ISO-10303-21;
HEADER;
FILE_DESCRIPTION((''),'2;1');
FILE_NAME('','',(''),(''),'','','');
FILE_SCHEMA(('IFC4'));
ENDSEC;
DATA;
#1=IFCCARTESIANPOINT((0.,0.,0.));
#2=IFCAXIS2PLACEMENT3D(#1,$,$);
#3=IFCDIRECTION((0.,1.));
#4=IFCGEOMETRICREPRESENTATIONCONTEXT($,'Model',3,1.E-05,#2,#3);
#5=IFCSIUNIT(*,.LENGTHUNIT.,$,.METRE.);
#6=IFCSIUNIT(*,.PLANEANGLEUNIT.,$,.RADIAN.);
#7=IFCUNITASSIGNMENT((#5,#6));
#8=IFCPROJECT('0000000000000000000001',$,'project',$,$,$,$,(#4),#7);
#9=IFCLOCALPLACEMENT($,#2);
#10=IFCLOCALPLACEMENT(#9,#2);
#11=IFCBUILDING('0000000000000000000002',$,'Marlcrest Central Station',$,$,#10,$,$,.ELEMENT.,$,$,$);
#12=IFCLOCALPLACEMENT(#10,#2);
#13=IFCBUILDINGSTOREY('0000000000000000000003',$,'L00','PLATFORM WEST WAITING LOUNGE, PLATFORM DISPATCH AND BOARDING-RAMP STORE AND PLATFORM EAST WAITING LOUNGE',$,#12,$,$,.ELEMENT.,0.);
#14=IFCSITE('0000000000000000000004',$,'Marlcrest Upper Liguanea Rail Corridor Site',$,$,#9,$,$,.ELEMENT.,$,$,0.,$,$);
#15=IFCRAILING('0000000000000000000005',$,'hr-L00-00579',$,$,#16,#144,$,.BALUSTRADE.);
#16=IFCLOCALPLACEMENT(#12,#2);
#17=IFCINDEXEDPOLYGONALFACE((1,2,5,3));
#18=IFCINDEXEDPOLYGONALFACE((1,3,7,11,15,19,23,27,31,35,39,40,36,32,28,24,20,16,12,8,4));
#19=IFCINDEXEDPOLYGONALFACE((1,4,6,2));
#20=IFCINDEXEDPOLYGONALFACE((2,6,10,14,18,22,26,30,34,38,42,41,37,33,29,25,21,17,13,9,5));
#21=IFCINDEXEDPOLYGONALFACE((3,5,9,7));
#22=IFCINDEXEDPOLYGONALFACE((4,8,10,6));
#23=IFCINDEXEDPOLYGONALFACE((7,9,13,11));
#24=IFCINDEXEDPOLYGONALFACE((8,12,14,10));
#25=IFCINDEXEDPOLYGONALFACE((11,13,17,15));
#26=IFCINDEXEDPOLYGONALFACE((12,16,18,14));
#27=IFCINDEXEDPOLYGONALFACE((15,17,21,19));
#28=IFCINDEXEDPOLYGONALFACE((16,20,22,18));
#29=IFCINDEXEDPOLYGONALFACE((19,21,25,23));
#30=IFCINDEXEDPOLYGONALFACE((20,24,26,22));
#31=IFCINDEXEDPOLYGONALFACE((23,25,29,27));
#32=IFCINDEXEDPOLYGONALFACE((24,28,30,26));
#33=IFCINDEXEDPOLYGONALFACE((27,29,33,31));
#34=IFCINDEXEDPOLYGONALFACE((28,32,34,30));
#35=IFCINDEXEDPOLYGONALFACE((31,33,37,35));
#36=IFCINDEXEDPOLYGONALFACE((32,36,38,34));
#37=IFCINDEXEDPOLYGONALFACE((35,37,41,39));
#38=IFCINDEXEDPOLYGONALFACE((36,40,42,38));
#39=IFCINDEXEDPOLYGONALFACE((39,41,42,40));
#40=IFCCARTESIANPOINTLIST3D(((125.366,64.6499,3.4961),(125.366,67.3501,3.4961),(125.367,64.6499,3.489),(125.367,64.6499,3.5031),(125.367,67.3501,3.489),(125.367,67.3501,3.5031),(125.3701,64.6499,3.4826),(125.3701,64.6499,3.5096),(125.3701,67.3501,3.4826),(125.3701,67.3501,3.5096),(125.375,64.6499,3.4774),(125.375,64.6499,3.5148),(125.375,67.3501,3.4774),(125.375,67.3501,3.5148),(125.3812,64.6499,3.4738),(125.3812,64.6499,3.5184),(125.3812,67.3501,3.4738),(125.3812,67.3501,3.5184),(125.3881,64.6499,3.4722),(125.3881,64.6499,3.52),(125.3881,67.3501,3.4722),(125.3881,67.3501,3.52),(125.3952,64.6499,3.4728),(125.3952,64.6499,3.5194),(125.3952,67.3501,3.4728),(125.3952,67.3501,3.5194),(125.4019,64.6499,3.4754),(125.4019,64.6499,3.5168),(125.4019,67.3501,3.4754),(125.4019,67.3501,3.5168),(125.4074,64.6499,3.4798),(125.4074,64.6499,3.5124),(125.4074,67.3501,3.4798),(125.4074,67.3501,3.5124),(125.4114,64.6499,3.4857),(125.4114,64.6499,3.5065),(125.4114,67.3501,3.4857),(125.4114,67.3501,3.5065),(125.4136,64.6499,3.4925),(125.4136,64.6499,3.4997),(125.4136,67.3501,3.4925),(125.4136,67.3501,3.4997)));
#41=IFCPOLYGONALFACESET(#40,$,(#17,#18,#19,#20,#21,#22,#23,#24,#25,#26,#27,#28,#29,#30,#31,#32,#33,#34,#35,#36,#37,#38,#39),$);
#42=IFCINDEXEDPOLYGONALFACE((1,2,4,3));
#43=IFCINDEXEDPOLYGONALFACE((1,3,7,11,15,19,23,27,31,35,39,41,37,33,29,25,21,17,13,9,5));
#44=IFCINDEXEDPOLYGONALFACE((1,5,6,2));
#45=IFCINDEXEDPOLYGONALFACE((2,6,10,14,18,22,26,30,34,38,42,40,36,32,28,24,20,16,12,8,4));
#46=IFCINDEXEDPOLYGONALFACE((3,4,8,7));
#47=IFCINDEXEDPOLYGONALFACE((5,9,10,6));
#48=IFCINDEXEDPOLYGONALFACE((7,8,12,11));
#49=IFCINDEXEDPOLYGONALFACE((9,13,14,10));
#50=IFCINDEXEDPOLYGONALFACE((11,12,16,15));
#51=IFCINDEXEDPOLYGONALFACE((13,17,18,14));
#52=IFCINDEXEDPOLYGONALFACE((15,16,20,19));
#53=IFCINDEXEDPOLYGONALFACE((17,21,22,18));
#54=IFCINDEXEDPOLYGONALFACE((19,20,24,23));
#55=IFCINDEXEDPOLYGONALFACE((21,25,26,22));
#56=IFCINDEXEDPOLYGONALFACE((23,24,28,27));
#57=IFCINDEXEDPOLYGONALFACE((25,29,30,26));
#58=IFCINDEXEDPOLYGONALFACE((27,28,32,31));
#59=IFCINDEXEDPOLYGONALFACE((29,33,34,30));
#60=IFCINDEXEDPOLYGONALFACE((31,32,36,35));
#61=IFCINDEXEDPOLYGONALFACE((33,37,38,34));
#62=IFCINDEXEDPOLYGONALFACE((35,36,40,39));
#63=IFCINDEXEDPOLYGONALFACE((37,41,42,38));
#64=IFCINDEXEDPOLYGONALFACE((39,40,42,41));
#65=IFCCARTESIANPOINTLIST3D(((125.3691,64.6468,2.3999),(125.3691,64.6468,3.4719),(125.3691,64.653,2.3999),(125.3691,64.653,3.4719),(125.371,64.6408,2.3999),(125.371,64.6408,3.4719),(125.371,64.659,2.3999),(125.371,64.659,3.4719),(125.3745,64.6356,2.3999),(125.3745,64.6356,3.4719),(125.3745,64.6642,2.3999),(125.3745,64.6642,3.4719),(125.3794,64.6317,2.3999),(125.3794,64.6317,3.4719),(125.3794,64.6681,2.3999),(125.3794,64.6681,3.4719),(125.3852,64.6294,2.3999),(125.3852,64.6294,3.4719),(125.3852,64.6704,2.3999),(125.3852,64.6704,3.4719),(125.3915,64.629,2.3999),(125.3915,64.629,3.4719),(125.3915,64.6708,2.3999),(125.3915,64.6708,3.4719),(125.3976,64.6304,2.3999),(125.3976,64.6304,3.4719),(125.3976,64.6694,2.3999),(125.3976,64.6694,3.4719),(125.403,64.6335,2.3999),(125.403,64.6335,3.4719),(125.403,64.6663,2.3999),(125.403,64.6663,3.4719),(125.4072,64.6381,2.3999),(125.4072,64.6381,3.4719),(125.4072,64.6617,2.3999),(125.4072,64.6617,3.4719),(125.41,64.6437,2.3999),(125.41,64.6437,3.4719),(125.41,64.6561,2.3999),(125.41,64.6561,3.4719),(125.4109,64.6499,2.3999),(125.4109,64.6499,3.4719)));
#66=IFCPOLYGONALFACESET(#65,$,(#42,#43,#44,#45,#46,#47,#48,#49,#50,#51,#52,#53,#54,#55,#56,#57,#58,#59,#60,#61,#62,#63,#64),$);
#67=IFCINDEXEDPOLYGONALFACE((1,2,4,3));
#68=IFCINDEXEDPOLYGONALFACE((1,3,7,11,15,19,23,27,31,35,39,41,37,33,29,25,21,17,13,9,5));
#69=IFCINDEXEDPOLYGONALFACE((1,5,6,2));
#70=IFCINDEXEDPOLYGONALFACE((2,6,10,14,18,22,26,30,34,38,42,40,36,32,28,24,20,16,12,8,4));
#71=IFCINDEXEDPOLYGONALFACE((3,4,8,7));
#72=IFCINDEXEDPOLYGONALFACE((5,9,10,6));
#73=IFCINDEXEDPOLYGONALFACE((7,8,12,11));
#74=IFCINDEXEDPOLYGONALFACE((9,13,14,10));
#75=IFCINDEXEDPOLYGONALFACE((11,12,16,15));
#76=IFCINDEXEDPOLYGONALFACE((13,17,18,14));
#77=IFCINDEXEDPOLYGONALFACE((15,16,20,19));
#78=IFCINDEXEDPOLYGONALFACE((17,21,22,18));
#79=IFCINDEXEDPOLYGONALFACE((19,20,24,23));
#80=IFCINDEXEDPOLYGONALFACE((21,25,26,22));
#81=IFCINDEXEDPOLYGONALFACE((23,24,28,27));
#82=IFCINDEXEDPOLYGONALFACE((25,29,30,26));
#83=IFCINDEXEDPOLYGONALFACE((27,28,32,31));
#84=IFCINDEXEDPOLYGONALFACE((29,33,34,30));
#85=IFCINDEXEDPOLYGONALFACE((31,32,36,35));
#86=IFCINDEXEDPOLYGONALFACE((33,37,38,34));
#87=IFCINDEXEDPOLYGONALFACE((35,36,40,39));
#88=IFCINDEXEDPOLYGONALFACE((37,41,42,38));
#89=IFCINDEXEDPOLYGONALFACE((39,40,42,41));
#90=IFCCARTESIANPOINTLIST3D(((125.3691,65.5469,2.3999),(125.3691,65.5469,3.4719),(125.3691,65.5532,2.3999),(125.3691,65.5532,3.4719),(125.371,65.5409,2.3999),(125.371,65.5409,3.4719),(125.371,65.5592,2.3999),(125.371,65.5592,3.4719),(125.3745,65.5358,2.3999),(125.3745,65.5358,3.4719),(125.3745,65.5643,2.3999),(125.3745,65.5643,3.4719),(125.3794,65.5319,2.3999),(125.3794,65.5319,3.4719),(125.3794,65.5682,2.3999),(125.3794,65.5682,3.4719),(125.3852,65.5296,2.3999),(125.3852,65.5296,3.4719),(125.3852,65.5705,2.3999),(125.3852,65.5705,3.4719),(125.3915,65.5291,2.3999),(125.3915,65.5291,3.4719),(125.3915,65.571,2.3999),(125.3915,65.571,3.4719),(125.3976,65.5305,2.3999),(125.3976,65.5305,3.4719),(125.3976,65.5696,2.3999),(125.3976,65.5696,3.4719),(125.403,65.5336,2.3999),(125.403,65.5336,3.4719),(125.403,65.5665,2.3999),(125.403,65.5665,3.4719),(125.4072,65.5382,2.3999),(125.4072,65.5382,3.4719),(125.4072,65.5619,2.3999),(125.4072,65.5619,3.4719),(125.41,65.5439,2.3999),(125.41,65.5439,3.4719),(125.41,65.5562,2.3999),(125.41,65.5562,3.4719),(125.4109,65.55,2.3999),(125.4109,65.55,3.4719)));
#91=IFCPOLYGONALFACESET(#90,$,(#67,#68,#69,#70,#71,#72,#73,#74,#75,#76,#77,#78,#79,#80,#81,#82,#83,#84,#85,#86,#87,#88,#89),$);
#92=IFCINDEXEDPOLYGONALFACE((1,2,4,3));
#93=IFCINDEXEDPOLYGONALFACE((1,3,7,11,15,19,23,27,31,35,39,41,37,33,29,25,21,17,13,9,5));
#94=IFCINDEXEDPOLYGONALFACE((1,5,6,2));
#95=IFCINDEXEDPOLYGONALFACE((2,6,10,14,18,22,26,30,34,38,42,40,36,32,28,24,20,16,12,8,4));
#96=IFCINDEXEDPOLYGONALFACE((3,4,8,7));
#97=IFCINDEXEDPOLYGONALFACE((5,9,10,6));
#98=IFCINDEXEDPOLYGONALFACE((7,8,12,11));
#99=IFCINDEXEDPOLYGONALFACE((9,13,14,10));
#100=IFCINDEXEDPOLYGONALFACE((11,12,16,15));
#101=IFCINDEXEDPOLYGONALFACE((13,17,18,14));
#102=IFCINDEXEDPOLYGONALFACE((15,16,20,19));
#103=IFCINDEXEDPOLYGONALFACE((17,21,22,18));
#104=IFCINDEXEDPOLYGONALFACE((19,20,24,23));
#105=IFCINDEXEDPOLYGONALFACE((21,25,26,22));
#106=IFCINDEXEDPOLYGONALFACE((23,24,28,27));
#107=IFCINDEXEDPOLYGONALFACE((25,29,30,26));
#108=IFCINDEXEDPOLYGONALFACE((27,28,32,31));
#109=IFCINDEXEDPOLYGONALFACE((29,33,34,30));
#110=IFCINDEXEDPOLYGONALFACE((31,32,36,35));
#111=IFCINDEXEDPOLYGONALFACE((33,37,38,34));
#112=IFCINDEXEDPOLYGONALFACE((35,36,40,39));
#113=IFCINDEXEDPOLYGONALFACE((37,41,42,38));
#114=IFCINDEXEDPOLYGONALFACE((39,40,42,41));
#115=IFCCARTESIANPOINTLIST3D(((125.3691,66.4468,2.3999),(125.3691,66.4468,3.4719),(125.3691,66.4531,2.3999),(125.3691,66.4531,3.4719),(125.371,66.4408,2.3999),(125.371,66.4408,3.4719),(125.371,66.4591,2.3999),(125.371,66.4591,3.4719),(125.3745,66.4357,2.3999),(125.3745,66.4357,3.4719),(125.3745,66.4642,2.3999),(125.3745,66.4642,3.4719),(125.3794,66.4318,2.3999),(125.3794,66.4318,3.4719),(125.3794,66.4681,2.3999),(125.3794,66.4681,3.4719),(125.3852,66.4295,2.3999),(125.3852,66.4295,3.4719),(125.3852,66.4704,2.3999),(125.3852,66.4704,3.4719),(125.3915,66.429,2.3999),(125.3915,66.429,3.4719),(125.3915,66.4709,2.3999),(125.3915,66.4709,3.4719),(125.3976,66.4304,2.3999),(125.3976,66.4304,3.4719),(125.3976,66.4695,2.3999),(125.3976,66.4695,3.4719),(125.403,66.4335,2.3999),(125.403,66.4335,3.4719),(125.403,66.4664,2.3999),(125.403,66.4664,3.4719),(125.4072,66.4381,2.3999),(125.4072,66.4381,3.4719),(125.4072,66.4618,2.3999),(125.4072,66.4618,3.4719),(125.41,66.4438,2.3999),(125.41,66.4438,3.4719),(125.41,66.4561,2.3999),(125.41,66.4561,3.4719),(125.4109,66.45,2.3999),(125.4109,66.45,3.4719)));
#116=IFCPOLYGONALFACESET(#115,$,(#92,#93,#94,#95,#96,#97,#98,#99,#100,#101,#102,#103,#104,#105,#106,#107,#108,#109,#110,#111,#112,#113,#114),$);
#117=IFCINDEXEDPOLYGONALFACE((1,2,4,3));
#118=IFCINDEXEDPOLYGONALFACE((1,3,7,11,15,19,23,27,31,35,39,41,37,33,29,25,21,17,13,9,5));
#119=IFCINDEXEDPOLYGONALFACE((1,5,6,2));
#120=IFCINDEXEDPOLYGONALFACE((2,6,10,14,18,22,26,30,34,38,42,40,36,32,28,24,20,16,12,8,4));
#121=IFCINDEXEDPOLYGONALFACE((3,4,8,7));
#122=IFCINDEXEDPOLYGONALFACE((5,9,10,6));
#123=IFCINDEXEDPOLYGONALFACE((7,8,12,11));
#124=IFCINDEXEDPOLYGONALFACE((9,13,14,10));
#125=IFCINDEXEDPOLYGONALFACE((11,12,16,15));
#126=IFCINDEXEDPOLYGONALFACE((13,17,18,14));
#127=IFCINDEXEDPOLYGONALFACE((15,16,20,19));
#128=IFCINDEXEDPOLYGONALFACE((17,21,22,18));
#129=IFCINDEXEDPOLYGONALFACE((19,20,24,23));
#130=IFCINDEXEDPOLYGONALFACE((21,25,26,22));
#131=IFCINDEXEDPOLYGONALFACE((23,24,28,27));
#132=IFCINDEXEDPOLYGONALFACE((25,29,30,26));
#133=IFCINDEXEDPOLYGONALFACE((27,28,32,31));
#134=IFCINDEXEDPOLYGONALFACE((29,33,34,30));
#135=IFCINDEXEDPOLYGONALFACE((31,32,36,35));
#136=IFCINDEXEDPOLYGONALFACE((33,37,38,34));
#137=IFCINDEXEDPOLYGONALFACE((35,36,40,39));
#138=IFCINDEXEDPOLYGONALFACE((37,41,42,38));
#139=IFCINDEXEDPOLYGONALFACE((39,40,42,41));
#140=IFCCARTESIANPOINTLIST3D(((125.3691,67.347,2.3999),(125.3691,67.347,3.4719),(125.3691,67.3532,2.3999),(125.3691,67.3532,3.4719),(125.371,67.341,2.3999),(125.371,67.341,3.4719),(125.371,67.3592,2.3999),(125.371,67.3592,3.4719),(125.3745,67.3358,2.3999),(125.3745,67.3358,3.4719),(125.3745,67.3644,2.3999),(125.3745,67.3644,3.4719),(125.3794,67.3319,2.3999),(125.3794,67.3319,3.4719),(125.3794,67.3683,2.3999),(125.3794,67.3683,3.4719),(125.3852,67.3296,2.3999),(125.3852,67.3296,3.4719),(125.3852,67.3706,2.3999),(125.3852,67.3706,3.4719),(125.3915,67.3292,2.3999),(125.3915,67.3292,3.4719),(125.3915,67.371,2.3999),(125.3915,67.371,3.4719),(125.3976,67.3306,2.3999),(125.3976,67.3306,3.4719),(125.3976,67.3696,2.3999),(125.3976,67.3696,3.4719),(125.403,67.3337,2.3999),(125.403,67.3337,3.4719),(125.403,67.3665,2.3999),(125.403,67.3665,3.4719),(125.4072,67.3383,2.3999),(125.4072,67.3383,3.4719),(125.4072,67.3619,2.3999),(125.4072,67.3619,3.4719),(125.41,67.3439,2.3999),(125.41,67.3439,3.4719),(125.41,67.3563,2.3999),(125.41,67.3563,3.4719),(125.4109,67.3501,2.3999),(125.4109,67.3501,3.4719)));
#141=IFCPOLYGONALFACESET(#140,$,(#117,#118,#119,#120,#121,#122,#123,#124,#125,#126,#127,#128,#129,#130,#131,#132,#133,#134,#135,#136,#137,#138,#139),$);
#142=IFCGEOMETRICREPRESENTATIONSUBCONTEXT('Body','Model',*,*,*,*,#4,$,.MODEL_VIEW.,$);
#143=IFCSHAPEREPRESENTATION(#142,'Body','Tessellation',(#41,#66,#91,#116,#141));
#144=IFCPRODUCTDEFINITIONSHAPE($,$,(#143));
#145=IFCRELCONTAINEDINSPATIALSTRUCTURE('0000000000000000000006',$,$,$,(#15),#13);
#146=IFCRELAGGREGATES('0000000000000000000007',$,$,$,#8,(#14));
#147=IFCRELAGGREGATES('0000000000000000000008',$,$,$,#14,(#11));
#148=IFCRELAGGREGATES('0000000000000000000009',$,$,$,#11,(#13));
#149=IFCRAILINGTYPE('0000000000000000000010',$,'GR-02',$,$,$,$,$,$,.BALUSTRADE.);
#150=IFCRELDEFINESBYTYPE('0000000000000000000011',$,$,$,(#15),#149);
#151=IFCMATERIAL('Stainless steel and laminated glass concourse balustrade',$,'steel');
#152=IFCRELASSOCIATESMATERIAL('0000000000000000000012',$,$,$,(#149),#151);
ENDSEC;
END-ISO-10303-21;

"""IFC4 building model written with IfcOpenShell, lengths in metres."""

from ifc_helpers import new_model, si_unit, direction, frame, origin, origin_2d, place, context, subcontext, project, spatial, circle, extrude, material, type_object, element, save


model = new_model("IFC4")

# Units and contexts
model_context = context("Model", 3, precision=1e-05, world=origin(), true_north=direction((0.0, 1.0)))
body_context = subcontext(model_context, "Body", "Model", "MODEL_VIEW")
ifc_project = project(units=[si_unit("LENGTHUNIT", "METRE"), si_unit("PLANEANGLEUNIT", "RADIAN")], contexts=[model_context])

# Site, building, storey
site_placement = place(None, origin())
site = spatial("IfcSite", under=ifc_project, at=site_placement, Name="Marlcrest Upper Liguanea Rail Corridor Site", CompositionType="ELEMENT", RefElevation=0.0)
building_placement = place(site_placement, origin())
building = spatial("IfcBuilding", under=site, at=building_placement, Name="Marlcrest Central Station", CompositionType="ELEMENT")
storey_placement = place(building_placement, origin())
storey = spatial("IfcBuildingStorey", under=building, at=storey_placement, Name="L00", Description="PLATFORM WEST WAITING LOUNGE, PLATFORM DISPATCH AND BOARDING-RAMP STORE AND PLATFORM EAST WAITING LOUNGE", CompositionType="ELEMENT", Elevation=0.0)

# Railing
ifc_material_1 = material(Name="Stainless steel and laminated glass concourse balustrade", Category="steel")
railing_type_1 = type_object("IfcRailingType", Name="GR-02", PredefinedType="BALUSTRADE", material=ifc_material_1)
railing_1_placement = place(storey_placement, frame((125.3899, 64.6499, 2.3999)))
element("IfcRailing", 1, at=railing_1_placement, inside=storey, type_object=railing_type_1, Name="hr-L00-00579", PredefinedType="BALUSTRADE", context=body_context, shape_type="SweptSolid", body=[
    extrude(circle(Radius=0.0239, at=origin_2d()), frame((0.0, 0.0, 1.0962), z_axis=(0.0, 1.0, 0.0), x_axis=(-1.0, 0.0, 0.0)), (0.0, 0.0, 1.0), 2.7002),
    extrude(circle(Radius=0.021, at=origin_2d()), origin(), (0.0, 0.0, 1.0), 1.072),
    extrude(circle(Radius=0.021, at=origin_2d()), frame((0.0, 0.9001, 0.0)), (0.0, 0.0, 1.0), 1.072),
    extrude(circle(Radius=0.021, at=origin_2d()), frame((0.0, 1.8, 0.0)), (0.0, 0.0, 1.0), 1.072),
    extrude(circle(Radius=0.021, at=origin_2d()), frame((0.0, 2.7002, 0.0)), (0.0, 0.0, 1.0), 1.072),
])

save(model, "model.ifc")
